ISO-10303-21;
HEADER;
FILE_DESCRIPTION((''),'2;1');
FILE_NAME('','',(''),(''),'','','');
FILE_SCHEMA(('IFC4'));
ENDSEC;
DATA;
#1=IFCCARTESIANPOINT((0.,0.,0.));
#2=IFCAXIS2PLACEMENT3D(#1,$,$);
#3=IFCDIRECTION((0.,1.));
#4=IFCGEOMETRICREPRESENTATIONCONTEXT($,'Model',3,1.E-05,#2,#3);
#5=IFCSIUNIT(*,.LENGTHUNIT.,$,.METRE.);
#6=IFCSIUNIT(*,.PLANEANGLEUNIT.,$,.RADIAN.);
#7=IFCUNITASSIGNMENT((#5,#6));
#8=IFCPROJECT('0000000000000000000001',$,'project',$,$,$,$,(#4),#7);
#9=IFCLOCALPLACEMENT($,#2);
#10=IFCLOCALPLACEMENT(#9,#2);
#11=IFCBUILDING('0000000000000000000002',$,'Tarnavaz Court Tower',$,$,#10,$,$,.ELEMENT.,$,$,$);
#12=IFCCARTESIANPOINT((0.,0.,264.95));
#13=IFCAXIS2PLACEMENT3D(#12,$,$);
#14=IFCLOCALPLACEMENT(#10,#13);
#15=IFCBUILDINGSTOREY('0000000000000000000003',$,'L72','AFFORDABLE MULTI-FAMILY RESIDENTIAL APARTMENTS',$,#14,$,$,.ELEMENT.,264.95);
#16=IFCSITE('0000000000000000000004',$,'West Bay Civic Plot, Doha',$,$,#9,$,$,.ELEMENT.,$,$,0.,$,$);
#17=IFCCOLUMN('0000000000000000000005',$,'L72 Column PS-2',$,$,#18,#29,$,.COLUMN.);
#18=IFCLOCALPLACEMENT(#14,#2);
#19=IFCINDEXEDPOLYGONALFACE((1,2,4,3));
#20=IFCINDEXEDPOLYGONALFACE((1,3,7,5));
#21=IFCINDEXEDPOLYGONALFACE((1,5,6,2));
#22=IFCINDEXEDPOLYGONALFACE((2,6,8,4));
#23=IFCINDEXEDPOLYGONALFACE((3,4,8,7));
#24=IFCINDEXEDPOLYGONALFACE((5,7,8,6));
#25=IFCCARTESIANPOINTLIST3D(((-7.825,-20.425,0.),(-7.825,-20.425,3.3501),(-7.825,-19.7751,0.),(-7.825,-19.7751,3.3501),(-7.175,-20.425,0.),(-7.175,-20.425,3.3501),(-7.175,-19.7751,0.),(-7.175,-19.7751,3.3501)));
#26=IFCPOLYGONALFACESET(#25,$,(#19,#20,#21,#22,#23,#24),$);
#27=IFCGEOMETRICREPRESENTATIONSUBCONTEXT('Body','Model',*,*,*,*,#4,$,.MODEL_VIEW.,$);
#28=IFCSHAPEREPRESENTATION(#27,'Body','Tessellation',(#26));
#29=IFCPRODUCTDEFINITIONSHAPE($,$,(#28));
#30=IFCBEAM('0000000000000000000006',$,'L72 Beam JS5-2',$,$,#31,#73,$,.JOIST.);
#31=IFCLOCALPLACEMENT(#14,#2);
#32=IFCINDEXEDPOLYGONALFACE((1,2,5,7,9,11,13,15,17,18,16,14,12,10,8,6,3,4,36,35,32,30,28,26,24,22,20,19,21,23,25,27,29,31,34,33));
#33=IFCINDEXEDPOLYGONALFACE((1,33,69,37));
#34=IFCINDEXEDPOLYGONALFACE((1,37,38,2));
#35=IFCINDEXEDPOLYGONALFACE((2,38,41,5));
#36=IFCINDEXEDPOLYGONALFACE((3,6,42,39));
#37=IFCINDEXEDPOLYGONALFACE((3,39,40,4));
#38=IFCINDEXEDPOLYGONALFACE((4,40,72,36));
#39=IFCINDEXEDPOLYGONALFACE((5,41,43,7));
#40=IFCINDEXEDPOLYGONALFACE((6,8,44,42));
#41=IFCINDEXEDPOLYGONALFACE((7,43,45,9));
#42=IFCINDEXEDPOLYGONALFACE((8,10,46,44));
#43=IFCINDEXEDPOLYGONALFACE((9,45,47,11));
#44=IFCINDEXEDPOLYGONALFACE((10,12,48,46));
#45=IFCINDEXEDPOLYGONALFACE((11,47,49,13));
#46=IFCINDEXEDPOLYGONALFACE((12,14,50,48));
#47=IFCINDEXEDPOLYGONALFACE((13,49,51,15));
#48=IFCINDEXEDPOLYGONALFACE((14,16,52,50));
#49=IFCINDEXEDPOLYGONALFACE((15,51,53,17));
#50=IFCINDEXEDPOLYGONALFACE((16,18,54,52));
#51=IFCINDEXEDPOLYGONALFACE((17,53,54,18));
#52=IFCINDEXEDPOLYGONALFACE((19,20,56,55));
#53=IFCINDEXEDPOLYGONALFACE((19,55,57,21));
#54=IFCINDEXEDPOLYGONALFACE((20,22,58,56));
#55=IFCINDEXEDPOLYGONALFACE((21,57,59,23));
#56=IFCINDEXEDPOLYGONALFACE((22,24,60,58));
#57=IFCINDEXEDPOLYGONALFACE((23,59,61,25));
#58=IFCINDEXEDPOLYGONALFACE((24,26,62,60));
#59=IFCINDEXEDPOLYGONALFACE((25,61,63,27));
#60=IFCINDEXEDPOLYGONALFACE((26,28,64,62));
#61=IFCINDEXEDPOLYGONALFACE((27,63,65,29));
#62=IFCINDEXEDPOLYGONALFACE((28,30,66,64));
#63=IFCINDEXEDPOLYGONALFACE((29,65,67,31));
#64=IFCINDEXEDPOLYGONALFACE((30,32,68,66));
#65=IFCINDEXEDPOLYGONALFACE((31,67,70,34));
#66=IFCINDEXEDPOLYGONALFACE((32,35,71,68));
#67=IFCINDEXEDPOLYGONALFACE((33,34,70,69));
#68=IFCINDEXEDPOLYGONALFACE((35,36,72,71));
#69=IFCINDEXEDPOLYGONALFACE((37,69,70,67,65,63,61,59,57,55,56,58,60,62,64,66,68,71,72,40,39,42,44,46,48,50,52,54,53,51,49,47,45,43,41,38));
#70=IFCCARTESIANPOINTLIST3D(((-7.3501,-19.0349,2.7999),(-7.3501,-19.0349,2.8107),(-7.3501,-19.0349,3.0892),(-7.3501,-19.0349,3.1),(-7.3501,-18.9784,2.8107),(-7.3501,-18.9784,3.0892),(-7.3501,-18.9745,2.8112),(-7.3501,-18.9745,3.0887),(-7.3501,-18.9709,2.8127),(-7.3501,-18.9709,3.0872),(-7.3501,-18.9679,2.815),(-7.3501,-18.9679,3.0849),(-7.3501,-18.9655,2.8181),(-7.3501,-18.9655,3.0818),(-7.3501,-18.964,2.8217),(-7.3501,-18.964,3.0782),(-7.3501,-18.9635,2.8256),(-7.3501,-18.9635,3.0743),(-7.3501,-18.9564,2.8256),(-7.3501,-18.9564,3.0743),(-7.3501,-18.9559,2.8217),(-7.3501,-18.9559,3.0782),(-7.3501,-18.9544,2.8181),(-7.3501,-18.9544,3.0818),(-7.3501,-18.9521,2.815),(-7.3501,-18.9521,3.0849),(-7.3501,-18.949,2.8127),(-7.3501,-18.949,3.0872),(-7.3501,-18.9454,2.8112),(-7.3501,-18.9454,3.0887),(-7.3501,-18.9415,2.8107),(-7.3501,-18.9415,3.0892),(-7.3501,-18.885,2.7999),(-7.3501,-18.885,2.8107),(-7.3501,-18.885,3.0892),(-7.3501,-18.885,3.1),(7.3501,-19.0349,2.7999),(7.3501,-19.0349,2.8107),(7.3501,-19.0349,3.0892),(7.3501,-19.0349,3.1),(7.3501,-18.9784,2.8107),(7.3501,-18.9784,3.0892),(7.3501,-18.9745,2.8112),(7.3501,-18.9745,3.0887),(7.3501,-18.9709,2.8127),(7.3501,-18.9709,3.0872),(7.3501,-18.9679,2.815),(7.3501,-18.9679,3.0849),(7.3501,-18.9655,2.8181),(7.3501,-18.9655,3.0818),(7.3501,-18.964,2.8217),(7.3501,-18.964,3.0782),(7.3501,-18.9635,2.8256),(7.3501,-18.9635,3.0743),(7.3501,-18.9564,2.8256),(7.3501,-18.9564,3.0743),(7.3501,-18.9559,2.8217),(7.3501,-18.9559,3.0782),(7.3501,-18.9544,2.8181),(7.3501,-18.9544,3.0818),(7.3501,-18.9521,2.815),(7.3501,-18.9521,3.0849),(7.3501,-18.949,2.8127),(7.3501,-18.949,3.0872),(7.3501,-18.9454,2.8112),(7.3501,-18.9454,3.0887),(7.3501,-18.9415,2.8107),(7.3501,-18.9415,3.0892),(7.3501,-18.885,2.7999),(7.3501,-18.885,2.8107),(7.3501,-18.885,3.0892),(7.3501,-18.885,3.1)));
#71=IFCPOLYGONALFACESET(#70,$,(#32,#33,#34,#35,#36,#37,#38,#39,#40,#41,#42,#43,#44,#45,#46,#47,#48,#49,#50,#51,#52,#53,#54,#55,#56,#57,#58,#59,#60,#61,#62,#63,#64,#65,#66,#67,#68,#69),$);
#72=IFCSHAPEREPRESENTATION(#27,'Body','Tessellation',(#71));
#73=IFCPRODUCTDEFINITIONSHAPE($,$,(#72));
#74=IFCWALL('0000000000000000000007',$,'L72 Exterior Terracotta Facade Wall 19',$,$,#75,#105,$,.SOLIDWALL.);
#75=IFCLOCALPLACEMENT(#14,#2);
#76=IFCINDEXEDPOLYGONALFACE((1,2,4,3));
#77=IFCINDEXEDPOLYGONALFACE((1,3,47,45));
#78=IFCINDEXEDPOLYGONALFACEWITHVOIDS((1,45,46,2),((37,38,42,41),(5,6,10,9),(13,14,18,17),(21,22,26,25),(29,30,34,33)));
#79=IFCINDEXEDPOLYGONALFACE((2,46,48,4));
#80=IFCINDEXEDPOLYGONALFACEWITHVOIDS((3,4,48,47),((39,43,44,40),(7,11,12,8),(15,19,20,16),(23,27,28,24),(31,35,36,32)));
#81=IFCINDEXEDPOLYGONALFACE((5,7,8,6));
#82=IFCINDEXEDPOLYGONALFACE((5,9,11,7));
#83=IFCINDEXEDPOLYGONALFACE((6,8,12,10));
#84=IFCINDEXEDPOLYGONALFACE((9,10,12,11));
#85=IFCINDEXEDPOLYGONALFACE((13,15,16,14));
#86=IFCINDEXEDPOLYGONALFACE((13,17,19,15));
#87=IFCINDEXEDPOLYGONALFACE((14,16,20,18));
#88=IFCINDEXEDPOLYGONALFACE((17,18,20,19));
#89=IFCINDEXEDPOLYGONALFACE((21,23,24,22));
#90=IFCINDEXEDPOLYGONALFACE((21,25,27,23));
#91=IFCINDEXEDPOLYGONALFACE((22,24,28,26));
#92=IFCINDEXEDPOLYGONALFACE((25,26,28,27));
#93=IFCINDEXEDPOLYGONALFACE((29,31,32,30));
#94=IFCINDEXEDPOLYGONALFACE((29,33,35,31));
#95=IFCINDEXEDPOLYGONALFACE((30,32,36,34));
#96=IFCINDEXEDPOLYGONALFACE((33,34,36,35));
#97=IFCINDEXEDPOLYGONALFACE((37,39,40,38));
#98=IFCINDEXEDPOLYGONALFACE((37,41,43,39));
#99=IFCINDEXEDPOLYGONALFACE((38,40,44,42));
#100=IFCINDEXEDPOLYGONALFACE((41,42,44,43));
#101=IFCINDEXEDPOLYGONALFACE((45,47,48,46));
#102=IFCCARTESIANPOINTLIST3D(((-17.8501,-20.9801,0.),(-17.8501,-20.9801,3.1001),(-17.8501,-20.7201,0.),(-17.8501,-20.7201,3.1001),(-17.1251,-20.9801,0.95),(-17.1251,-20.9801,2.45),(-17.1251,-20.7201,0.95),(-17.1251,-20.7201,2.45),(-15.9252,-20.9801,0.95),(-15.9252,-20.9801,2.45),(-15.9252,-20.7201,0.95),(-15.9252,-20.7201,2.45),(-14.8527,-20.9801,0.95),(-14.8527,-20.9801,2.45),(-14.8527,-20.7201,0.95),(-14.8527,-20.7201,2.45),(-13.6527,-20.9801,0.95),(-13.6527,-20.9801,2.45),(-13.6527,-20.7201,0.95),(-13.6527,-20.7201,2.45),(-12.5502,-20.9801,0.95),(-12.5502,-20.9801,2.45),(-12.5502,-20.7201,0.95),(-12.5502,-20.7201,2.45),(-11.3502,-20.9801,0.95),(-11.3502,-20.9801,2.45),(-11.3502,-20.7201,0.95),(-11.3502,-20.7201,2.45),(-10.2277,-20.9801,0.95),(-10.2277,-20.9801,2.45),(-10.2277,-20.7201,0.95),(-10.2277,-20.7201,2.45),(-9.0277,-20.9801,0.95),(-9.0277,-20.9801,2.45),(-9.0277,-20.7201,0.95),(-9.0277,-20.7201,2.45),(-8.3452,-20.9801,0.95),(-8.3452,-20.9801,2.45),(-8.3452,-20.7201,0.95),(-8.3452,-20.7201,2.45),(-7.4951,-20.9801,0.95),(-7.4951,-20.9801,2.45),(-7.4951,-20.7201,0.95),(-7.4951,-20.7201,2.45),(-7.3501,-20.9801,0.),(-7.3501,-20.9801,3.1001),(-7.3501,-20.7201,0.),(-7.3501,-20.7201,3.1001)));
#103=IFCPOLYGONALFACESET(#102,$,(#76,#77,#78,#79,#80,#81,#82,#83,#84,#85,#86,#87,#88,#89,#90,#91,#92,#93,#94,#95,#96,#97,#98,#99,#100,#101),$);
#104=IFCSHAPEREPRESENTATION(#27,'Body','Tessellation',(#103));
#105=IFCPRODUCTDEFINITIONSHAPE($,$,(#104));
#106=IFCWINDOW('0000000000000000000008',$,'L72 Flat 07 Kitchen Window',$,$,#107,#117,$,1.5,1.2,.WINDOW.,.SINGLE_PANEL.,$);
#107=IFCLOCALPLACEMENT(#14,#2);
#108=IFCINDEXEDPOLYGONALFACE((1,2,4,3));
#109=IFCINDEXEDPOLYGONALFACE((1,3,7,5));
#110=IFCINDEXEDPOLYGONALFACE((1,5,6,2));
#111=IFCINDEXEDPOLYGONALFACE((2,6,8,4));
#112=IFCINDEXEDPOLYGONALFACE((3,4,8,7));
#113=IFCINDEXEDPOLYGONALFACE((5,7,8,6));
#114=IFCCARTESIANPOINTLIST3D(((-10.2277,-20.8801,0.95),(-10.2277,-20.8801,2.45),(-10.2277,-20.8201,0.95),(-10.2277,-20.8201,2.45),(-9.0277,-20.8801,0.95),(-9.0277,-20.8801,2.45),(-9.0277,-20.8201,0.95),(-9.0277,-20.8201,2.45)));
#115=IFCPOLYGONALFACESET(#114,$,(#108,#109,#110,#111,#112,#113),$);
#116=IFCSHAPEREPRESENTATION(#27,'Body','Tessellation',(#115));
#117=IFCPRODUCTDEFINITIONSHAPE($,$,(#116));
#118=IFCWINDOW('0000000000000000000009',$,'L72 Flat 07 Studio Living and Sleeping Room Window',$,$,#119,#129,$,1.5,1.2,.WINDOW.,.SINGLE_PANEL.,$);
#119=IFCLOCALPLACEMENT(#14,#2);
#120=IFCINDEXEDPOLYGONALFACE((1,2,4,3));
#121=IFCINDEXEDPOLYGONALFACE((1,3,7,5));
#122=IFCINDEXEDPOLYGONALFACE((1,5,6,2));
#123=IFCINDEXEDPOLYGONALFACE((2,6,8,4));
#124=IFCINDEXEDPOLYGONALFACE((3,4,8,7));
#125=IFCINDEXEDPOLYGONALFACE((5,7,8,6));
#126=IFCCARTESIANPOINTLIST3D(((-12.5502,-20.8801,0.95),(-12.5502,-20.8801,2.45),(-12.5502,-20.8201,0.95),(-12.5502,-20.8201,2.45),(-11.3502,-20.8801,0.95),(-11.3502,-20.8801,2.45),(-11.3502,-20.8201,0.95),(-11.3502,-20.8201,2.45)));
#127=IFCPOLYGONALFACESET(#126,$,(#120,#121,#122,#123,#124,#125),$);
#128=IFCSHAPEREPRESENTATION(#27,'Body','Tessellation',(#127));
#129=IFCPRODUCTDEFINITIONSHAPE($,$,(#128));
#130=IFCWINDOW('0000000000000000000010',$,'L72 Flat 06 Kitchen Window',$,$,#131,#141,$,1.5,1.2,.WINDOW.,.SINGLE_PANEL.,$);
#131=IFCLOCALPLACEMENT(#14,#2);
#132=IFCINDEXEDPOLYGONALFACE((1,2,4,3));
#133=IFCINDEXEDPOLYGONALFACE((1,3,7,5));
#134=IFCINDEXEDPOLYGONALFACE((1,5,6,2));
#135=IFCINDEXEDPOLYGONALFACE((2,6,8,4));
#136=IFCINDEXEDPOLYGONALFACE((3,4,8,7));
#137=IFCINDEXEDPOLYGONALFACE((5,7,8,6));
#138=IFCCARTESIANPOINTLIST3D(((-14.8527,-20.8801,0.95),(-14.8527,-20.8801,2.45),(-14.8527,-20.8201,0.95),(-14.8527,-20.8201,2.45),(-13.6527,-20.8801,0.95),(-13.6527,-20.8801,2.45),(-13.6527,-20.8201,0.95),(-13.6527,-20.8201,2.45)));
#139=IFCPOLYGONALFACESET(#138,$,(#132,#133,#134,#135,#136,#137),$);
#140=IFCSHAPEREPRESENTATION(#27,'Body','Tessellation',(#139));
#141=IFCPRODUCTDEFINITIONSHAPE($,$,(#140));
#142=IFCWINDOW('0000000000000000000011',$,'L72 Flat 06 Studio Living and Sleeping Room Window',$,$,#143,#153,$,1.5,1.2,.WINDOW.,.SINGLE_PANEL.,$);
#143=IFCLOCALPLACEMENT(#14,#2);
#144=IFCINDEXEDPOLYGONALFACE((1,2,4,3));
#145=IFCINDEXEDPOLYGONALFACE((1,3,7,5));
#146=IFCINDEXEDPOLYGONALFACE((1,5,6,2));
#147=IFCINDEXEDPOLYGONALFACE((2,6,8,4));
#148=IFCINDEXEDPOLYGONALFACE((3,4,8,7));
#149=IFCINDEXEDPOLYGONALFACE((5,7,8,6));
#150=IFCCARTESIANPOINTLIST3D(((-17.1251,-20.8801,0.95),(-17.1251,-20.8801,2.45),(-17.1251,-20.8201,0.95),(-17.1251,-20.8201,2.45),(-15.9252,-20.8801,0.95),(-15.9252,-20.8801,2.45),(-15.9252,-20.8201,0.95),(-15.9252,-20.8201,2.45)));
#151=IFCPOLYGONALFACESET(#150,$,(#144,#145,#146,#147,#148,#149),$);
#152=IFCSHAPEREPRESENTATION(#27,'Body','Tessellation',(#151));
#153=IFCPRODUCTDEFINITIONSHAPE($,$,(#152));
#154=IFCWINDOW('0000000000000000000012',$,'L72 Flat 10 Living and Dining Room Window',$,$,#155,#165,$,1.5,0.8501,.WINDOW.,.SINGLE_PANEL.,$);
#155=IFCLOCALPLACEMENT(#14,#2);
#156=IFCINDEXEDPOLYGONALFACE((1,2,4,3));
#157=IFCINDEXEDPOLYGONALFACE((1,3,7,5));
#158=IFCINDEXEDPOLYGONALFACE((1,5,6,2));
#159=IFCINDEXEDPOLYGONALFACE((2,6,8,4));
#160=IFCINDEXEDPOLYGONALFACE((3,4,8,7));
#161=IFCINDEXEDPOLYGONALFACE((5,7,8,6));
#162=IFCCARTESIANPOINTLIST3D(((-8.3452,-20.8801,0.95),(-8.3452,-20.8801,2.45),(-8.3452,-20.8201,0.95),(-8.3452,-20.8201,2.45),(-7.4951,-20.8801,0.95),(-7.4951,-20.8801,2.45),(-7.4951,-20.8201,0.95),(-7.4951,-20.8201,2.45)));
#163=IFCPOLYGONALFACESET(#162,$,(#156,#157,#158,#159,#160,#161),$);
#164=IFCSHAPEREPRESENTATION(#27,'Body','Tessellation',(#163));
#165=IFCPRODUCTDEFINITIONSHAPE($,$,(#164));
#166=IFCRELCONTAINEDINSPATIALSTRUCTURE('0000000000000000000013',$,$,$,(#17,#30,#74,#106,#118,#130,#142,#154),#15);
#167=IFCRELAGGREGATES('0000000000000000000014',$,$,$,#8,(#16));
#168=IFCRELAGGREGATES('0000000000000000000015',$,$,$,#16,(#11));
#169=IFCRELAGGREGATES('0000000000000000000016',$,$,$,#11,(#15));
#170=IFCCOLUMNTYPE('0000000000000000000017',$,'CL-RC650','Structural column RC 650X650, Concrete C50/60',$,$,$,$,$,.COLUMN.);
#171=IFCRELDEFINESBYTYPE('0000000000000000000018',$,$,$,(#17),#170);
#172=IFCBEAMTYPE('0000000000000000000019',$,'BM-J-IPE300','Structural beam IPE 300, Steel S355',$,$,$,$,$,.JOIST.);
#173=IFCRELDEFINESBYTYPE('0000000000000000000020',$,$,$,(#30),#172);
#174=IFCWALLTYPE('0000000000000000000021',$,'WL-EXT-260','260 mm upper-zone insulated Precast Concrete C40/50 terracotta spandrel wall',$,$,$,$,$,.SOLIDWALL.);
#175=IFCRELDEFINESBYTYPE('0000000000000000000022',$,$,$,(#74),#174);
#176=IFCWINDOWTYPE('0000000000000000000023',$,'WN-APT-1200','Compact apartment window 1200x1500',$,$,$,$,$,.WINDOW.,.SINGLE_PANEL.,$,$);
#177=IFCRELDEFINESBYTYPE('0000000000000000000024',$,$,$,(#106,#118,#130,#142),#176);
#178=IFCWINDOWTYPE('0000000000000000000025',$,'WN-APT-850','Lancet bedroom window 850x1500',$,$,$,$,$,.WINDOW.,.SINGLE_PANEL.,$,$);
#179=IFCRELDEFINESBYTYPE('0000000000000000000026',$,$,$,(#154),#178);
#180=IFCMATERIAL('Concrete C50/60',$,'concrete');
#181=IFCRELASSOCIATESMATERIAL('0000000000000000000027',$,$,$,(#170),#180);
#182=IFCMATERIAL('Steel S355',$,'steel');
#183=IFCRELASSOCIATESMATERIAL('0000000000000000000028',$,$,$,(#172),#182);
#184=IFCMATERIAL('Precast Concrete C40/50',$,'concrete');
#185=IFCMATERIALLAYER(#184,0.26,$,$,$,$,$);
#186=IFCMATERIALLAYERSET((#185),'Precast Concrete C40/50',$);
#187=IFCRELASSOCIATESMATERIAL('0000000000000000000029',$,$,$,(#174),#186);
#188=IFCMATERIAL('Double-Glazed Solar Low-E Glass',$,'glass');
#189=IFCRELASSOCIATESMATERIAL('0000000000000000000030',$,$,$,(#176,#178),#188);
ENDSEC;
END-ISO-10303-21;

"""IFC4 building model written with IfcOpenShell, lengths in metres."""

from ifc_helpers import new_model, si_unit, direction, frame, frame_2d, origin, origin_2d, place, context, subcontext, project, spatial, rectangle, i_section, extrude, material, layer, layer_set, material_profile, profile_set, type_object, element, fill, save


model = new_model("IFC4")

# Units and contexts
model_context = context("Model", 3, precision=1e-05, world=origin(), true_north=direction((0.0, 1.0)))
body_context = subcontext(model_context, "Body", "Model", "MODEL_VIEW")
ifc_project = project(units=[si_unit("LENGTHUNIT", "METRE"), si_unit("PLANEANGLEUNIT", "RADIAN")], contexts=[model_context])

# Site, building, storey
site_placement = place(None, origin())
site = spatial("IfcSite", under=ifc_project, at=site_placement, Name="West Bay Civic Plot, Doha", CompositionType="ELEMENT", RefElevation=0.0)
building_placement = place(site_placement, origin())
building = spatial("IfcBuilding", under=site, at=building_placement, Name="Tarnavaz Court Tower", CompositionType="ELEMENT")
storey_placement = place(building_placement, frame((0.0, 0.0, 264.95)))
storey = spatial("IfcBuildingStorey", under=building, at=storey_placement, Name="L72", Description="AFFORDABLE MULTI-FAMILY RESIDENTIAL APARTMENTS", CompositionType="ELEMENT", Elevation=264.95)

# Column
ifc_material_1 = material(Name="Concrete C50/60", Category="concrete")
ifc_material_profile_1 = material_profile(ifc_material_1, rectangle(XDim=0.6499, YDim=0.6499, at=origin_2d()), Name="RC 650X650")
ifc_profile_set_1 = profile_set([ifc_material_profile_1], Name="Concrete C50/60")
column_type = type_object("IfcColumnType", Name="CL-RC650", Description="Structural column RC 650X650, Concrete C50/60", PredefinedType="COLUMN", material=ifc_profile_set_1)
column_placement = place(storey_placement, frame((-7.5, -20.1001, 0.0), z_axis=(0.0, 0.0, 1.0), x_axis=(1.0, 0.0, 0.0)))
element("IfcColumn", 1, at=column_placement, inside=storey, type_object=column_type, Name="L72 Column PS-2", PredefinedType="COLUMN", context=body_context, shape_type="SweptSolid", body=[
    extrude(rectangle(XDim=0.6499, YDim=0.6499, at=origin_2d()), origin(), (0.0, 0.0, 1.0), 3.3501),
])

# Beam
ifc_material_2 = material(Name="Steel S355", Category="steel")
ifc_material_profile_2 = material_profile(ifc_material_2, i_section(OverallWidth=0.1499, OverallDepth=0.3, WebThickness=0.0071, FlangeThickness=0.0107, FilletRadius=0.0149, at=origin_2d()), Name="IPE 300")
ifc_profile_set_2 = profile_set([ifc_material_profile_2], Name="Steel S355")
beam_type = type_object("IfcBeamType", Name="BM-J-IPE300", Description="Structural beam IPE 300, Steel S355", PredefinedType="JOIST", material=ifc_profile_set_2)
beam_placement = place(storey_placement, frame((-7.3501, -18.96, 2.95), z_axis=(1.0, 0.0, 0.0), x_axis=(0.0, 1.0, 0.0)))
element("IfcBeam", 2, at=beam_placement, inside=storey, type_object=beam_type, Name="L72 Beam JS5-2", PredefinedType="JOIST", context=body_context, shape_type="SweptSolid", body=[
    extrude(i_section(OverallWidth=0.1499, OverallDepth=0.3, WebThickness=0.0071, FlangeThickness=0.0107, FilletRadius=0.0149, at=origin_2d()), origin(), (0.0, 0.0, 1.0), 14.7002),
])

# Wall, openings, windows
ifc_material_3 = material(Name="Precast Concrete C40/50", Category="concrete")
ifc_layer_1 = layer(ifc_material_3, 0.26)
ifc_layer_set_1 = layer_set([ifc_layer_1], Name="Precast Concrete C40/50")
wall_type_1 = type_object("IfcWallType", Name="WL-EXT-260", Description="260 mm upper-zone insulated Precast Concrete C40/50 terracotta spandrel wall", PredefinedType="SOLIDWALL", material=ifc_layer_set_1)
wall_1_placement = place(storey_placement, frame((-7.3501, -20.8501, 0.0), z_axis=(0.0, 0.0, 1.0), x_axis=(-1.0, 0.0, 0.0)))
wall_1 = element("IfcWall", 3, at=wall_1_placement, inside=storey, type_object=wall_type_1, Name="L72 Exterior Terracotta Facade Wall 19", PredefinedType="SOLIDWALL", context=body_context, shape_type="SweptSolid", body=[
    extrude(rectangle(XDim=10.5, YDim=0.26, at=frame_2d((5.25, 0.0))), origin(), (0.0, 0.0, 1.0), 3.1001),
])
opening_1_placement = place(wall_1_placement, frame((0.145, 0.0, 0.95)))
opening_1 = element("IfcOpeningElement", 4, at=opening_1_placement, cuts=wall_1, PredefinedType="OPENING", context=body_context, shape_type="SweptSolid", body=[
    extrude(rectangle(XDim=0.8501, YDim=1.5, at=frame_2d((0.425, 0.75))), frame((0.0, 0.1399, 0.0), z_axis=(0.0, -1.0, 0.0), x_axis=(1.0, 0.0, 0.0)), (0.0, 0.0, 1.0), 0.28),
])
opening_2_placement = place(wall_1_placement, frame((1.6775, 0.0, 0.95)))
opening_2 = element("IfcOpeningElement", 5, at=opening_2_placement, cuts=wall_1, PredefinedType="OPENING", context=body_context, shape_type="SweptSolid", body=[
    extrude(rectangle(XDim=1.2, YDim=1.5, at=frame_2d((0.6001, 0.75))), frame((0.0, 0.1399, 0.0), z_axis=(0.0, -1.0, 0.0), x_axis=(1.0, 0.0, 0.0)), (0.0, 0.0, 1.0), 0.28),
])
opening_3_placement = place(wall_1_placement, frame((4.0, 0.0, 0.95)))
opening_3 = element("IfcOpeningElement", 6, at=opening_3_placement, cuts=wall_1, PredefinedType="OPENING", context=body_context, shape_type="SweptSolid", body=[
    extrude(rectangle(XDim=1.2, YDim=1.5, at=frame_2d((0.6001, 0.75))), frame((0.0, 0.1399, 0.0), z_axis=(0.0, -1.0, 0.0), x_axis=(1.0, 0.0, 0.0)), (0.0, 0.0, 1.0), 0.28),
])
opening_4_placement = place(wall_1_placement, frame((6.3025, 0.0, 0.95)))
opening_4 = element("IfcOpeningElement", 7, at=opening_4_placement, cuts=wall_1, PredefinedType="OPENING", context=body_context, shape_type="SweptSolid", body=[
    extrude(rectangle(XDim=1.2, YDim=1.5, at=frame_2d((0.6001, 0.75))), frame((0.0, 0.1399, 0.0), z_axis=(0.0, -1.0, 0.0), x_axis=(1.0, 0.0, 0.0)), (0.0, 0.0, 1.0), 0.28),
])
opening_5_placement = place(wall_1_placement, frame((8.575, 0.0, 0.95)))
opening_5 = element("IfcOpeningElement", 8, at=opening_5_placement, cuts=wall_1, PredefinedType="OPENING", context=body_context, shape_type="SweptSolid", body=[
    extrude(rectangle(XDim=1.2, YDim=1.5, at=frame_2d((0.6001, 0.75))), frame((0.0, 0.1399, 0.0), z_axis=(0.0, -1.0, 0.0), x_axis=(1.0, 0.0, 0.0)), (0.0, 0.0, 1.0), 0.28),
])
ifc_material_4 = material(Name="Double-Glazed Solar Low-E Glass", Category="glass")
window_type_1 = type_object("IfcWindowType", Name="WN-APT-1200", Description="Compact apartment window 1200x1500", PartitioningType="SINGLE_PANEL", PredefinedType="WINDOW", material=ifc_material_4)
window_1_placement = place(opening_2_placement, origin())
window_1 = element("IfcWindow", 9, at=window_1_placement, inside=storey, type_object=window_type_1, Name="L72 Flat 07 Kitchen Window", OverallHeight=1.5, OverallWidth=1.2, PartitioningType="SINGLE_PANEL", PredefinedType="WINDOW", context=body_context, shape_type="SweptSolid", body=[
    extrude(rectangle(XDim=1.2, YDim=1.5, at=frame_2d((0.6001, 0.75))), frame((0.0, 0.03, 0.0), z_axis=(0.0, -1.0, 0.0), x_axis=(1.0, 0.0, 0.0)), (0.0, 0.0, 1.0), 0.0601),
])
fill(opening_2, window_1)
window_2_placement = place(opening_3_placement, origin())
window_2 = element("IfcWindow", 10, at=window_2_placement, inside=storey, type_object=window_type_1, Name="L72 Flat 07 Studio Living and Sleeping Room Window", OverallHeight=1.5, OverallWidth=1.2, PartitioningType="SINGLE_PANEL", PredefinedType="WINDOW", context=body_context, shape_type="SweptSolid", body=[
    extrude(rectangle(XDim=1.2, YDim=1.5, at=frame_2d((0.6001, 0.75))), frame((0.0, 0.03, 0.0), z_axis=(0.0, -1.0, 0.0), x_axis=(1.0, 0.0, 0.0)), (0.0, 0.0, 1.0), 0.0601),
])
fill(opening_3, window_2)
window_3_placement = place(opening_4_placement, origin())
window_3 = element("IfcWindow", 11, at=window_3_placement, inside=storey, type_object=window_type_1, Name="L72 Flat 06 Kitchen Window", OverallHeight=1.5, OverallWidth=1.2, PartitioningType="SINGLE_PANEL", PredefinedType="WINDOW", context=body_context, shape_type="SweptSolid", body=[
    extrude(rectangle(XDim=1.2, YDim=1.5, at=frame_2d((0.6001, 0.75))), frame((0.0, 0.03, 0.0), z_axis=(0.0, -1.0, 0.0), x_axis=(1.0, 0.0, 0.0)), (0.0, 0.0, 1.0), 0.0601),
])
fill(opening_4, window_3)
window_4_placement = place(opening_5_placement, origin())
window_4 = element("IfcWindow", 12, at=window_4_placement, inside=storey, type_object=window_type_1, Name="L72 Flat 06 Studio Living and Sleeping Room Window", OverallHeight=1.5, OverallWidth=1.2, PartitioningType="SINGLE_PANEL", PredefinedType="WINDOW", context=body_context, shape_type="SweptSolid", body=[
    extrude(rectangle(XDim=1.2, YDim=1.5, at=frame_2d((0.6001, 0.75))), frame((0.0, 0.03, 0.0), z_axis=(0.0, -1.0, 0.0), x_axis=(1.0, 0.0, 0.0)), (0.0, 0.0, 1.0), 0.0601),
])
fill(opening_5, window_4)
window_type_2 = type_object("IfcWindowType", Name="WN-APT-850", Description="Lancet bedroom window 850x1500", PartitioningType="SINGLE_PANEL", PredefinedType="WINDOW", material=ifc_material_4)
window_5_placement = place(opening_1_placement, origin())
window_5 = element("IfcWindow", 13, at=window_5_placement, inside=storey, type_object=window_type_2, Name="L72 Flat 10 Living and Dining Room Window", OverallHeight=1.5, OverallWidth=0.8501, PartitioningType="SINGLE_PANEL", PredefinedType="WINDOW", context=body_context, shape_type="SweptSolid", body=[
    extrude(rectangle(XDim=0.8501, YDim=1.5, at=frame_2d((0.425, 0.75))), frame((0.0, 0.03, 0.0), z_axis=(0.0, -1.0, 0.0), x_axis=(1.0, 0.0, 0.0)), (0.0, 0.0, 1.0), 0.0601),
])
fill(opening_1, window_5)

save(model, "model.ifc")
